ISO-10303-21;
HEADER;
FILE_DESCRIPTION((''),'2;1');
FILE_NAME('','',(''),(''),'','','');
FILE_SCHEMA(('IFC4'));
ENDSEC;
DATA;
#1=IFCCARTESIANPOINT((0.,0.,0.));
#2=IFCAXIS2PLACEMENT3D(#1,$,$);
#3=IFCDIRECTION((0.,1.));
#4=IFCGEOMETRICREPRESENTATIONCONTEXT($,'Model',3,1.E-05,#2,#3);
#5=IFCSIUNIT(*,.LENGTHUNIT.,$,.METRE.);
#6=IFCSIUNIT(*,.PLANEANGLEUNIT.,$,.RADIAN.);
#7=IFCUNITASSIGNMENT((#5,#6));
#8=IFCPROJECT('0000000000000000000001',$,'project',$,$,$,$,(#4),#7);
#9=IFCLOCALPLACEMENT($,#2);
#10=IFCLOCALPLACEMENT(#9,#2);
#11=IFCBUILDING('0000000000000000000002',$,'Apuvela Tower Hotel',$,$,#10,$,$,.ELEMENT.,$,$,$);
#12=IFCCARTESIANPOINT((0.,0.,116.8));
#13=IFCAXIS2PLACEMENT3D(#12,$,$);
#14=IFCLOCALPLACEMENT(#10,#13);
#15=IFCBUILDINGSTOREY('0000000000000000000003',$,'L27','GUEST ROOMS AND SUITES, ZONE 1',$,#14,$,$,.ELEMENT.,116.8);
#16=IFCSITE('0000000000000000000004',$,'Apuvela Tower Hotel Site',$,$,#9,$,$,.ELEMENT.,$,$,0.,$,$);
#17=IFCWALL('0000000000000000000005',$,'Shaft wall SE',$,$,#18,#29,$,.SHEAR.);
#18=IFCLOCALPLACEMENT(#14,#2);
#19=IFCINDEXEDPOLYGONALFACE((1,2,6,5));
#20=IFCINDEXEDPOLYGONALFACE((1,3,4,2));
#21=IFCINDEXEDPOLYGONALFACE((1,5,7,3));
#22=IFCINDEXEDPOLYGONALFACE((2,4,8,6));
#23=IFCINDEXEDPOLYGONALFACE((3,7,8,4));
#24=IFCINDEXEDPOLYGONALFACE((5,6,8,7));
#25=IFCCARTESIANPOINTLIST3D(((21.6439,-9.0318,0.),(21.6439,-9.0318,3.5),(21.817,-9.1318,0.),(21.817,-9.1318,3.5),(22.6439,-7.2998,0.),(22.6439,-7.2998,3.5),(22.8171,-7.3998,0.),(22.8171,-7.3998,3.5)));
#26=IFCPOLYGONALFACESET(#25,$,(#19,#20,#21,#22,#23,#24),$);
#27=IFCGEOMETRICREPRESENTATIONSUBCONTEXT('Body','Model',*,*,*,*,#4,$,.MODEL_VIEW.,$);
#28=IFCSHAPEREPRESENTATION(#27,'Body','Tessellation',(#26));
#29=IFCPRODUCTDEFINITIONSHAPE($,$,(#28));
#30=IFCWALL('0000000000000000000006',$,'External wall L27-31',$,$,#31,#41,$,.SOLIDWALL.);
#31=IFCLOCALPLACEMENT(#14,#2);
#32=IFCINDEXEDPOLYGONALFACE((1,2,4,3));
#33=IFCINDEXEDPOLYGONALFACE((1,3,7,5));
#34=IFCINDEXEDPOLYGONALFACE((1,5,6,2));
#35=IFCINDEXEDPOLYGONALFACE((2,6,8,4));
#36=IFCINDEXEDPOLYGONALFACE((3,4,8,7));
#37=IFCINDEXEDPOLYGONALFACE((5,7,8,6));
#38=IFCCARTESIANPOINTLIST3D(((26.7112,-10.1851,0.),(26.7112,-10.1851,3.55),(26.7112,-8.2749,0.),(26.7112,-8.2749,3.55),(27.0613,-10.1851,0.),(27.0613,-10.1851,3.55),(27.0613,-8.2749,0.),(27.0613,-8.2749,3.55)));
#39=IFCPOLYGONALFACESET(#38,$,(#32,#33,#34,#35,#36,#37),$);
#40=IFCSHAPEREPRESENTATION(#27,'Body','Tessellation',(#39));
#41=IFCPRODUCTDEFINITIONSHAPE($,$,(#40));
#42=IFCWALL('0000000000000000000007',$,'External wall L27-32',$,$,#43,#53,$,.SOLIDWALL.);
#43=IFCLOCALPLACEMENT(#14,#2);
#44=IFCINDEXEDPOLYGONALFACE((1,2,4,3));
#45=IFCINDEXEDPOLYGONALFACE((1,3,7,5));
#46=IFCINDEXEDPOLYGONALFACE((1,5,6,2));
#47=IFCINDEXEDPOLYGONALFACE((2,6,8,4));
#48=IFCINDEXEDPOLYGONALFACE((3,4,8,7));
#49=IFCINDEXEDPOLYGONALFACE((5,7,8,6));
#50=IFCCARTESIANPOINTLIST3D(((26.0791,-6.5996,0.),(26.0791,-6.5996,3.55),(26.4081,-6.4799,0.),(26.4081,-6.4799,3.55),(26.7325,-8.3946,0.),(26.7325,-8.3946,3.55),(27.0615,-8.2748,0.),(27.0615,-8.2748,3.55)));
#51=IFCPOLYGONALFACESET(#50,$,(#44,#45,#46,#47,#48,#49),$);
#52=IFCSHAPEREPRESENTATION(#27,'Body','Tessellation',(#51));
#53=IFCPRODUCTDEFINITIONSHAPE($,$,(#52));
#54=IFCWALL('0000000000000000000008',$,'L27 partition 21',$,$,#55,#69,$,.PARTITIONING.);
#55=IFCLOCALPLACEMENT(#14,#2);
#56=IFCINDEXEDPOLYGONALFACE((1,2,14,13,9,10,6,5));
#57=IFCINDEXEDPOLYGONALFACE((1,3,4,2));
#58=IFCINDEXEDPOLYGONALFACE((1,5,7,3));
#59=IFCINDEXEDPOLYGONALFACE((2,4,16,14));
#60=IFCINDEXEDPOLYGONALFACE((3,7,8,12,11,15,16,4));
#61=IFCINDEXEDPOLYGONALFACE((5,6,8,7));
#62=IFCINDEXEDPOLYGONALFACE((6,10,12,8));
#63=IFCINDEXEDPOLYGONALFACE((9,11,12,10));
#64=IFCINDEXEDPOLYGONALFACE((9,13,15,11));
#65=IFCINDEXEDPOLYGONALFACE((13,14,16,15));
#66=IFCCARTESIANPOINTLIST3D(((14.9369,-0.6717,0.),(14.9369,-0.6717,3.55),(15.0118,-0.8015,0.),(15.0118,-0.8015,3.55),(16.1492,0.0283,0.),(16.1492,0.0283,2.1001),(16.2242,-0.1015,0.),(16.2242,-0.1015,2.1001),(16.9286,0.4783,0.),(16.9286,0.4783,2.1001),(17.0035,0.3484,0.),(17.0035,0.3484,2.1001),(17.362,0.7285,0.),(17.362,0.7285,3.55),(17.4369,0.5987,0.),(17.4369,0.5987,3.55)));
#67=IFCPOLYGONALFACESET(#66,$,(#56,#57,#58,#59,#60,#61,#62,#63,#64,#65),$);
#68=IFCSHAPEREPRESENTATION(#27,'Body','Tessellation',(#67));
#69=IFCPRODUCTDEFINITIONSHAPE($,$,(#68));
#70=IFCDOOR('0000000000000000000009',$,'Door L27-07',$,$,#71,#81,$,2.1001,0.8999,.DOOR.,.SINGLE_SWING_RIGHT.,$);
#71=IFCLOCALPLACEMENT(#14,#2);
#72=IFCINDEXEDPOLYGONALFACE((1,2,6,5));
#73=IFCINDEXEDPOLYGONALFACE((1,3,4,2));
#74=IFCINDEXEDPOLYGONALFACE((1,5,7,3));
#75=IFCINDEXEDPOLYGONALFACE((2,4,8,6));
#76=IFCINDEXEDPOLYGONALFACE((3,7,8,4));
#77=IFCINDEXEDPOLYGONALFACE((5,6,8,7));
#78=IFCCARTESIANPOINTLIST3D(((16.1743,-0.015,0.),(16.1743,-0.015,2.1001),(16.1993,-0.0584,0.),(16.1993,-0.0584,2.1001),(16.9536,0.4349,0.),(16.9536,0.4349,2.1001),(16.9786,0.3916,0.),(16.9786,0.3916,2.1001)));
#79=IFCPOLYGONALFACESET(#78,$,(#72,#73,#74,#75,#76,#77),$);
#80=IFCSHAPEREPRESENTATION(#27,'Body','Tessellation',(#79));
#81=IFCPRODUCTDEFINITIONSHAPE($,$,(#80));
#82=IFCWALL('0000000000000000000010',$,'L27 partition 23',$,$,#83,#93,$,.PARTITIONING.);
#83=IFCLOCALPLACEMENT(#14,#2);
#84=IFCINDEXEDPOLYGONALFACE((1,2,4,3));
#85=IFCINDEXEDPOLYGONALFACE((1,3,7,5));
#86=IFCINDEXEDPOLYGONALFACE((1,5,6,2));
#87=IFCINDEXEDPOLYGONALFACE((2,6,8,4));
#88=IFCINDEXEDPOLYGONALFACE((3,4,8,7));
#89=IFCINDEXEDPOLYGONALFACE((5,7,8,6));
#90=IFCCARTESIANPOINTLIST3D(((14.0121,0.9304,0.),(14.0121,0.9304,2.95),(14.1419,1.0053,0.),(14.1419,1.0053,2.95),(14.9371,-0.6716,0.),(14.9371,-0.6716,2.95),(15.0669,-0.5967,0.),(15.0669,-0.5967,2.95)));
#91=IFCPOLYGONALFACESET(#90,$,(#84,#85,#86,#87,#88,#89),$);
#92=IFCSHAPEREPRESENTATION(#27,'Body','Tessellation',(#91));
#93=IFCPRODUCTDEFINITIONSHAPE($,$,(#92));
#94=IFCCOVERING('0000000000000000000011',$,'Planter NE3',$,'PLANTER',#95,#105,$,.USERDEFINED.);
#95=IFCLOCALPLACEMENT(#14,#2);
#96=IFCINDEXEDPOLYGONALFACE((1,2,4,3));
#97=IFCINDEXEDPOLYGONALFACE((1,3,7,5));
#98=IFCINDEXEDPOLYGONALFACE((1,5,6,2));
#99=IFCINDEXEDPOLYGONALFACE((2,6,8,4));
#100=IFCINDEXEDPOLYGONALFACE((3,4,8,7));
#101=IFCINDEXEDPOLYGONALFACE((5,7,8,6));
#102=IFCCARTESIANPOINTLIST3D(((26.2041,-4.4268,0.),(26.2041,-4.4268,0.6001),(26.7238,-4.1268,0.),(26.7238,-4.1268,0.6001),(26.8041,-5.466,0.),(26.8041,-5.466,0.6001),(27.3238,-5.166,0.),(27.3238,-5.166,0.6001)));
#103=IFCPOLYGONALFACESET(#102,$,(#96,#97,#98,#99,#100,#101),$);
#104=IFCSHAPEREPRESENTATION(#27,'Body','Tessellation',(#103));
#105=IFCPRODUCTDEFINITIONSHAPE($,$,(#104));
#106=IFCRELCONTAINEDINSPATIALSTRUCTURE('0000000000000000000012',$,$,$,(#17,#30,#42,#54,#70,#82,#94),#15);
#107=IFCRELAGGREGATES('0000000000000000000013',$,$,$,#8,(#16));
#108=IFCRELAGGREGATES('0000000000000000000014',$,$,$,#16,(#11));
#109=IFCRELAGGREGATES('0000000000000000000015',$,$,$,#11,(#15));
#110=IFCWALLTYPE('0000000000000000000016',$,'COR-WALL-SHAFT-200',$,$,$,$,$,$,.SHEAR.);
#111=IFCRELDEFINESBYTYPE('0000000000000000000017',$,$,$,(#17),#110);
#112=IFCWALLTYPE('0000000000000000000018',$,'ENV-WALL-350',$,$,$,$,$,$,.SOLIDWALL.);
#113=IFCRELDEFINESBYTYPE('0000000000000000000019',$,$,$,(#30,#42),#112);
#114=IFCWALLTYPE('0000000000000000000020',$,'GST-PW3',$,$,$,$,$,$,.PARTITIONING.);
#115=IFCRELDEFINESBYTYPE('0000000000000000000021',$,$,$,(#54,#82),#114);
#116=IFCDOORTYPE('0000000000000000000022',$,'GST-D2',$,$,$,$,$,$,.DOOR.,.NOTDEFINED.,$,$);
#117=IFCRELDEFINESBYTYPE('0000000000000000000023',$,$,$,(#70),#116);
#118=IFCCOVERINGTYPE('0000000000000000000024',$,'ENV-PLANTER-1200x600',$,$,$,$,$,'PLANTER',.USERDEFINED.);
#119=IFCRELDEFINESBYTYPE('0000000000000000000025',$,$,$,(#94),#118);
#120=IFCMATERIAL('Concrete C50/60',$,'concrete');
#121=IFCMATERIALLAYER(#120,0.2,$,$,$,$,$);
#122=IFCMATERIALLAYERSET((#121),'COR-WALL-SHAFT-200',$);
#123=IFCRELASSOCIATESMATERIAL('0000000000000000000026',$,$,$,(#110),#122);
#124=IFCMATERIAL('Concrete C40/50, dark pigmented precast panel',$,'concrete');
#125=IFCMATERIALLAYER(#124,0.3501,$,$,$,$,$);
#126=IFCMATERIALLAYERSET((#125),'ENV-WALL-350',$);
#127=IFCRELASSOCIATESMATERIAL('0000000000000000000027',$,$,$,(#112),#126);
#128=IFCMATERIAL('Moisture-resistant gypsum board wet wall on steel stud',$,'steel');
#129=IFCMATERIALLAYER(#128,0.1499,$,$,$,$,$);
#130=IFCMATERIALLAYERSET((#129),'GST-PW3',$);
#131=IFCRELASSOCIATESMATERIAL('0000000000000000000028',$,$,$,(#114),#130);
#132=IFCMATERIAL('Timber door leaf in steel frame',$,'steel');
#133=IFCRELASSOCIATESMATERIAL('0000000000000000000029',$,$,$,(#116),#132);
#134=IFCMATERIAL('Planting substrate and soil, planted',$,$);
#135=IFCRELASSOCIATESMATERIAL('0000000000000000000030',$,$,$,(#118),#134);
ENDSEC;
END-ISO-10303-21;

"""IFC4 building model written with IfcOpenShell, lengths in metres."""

from ifc_helpers import new_model, si_unit, direction, frame, frame_2d, origin, origin_2d, place, context, subcontext, project, spatial, rectangle, extrude, material, layer, layer_set, type_object, element, fill, save


model = new_model("IFC4")

# Units and contexts
model_context = context("Model", 3, precision=1e-05, world=origin(), true_north=direction((0.0, 1.0)))
body_context = subcontext(model_context, "Body", "Model", "MODEL_VIEW")
ifc_project = project(units=[si_unit("LENGTHUNIT", "METRE"), si_unit("PLANEANGLEUNIT", "RADIAN")], contexts=[model_context])

# Site, building, storey
site_placement = place(None, origin())
site = spatial("IfcSite", under=ifc_project, at=site_placement, Name="Apuvela Tower Hotel Site", CompositionType="ELEMENT", RefElevation=0.0)
building_placement = place(site_placement, origin())
building = spatial("IfcBuilding", under=site, at=building_placement, Name="Apuvela Tower Hotel", CompositionType="ELEMENT")
storey_placement = place(building_placement, frame((0.0, 0.0, 116.8)))
storey = spatial("IfcBuildingStorey", under=building, at=storey_placement, Name="L27", Description="GUEST ROOMS AND SUITES, ZONE 1", CompositionType="ELEMENT", Elevation=116.8)

# Walls
ifc_material_1 = material(Name="Concrete C50/60", Category="concrete")
ifc_layer_1 = layer(ifc_material_1, 0.2)
ifc_layer_set_1 = layer_set([ifc_layer_1], Name="COR-WALL-SHAFT-200")
wall_type_1 = type_object("IfcWallType", Name="COR-WALL-SHAFT-200", PredefinedType="SHEAR", material=ifc_layer_set_1)
for number, where, z_axis, x_axis, name in (
    (1, (21.7305, -9.0818, 0.0), (0.0, 0.0, 1.0), (0.500025, 0.866011, 0.0), "Shaft wall SE"),
):
    element("IfcWall", number, at=place(storey_placement, frame(where, z_axis=z_axis, x_axis=x_axis)), inside=storey, type_object=wall_type_1, Name=name, PredefinedType="SHEAR", context=body_context, shape_type="SweptSolid", body=[
        extrude(rectangle(XDim=2.0, YDim=0.2, at=frame_2d((1.0, 0.0))), origin(), (0.0, 0.0, 1.0), 3.5),
    ])
ifc_material_2 = material(Name="Concrete C40/50, dark pigmented precast panel", Category="concrete")
ifc_layer_2 = layer(ifc_material_2, 0.3501)
ifc_layer_set_2 = layer_set([ifc_layer_2], Name="ENV-WALL-350")
wall_type_2 = type_object("IfcWallType", Name="ENV-WALL-350", PredefinedType="SOLIDWALL", material=ifc_layer_set_2)
for number, where, z_axis, x_axis, name in (
    (2, (26.8862, -10.1851, 0.0), (0.0, 0.0, 1.0), (0.0, 1.0, 0.0), "External wall L27-31"),
    (3, (26.897, -8.3347, 0.0), (0.0, 0.0, 1.0), (-0.34203, 0.939689, 0.0), "External wall L27-32"),
):
    element("IfcWall", number, at=place(storey_placement, frame(where, z_axis=z_axis, x_axis=x_axis)), inside=storey, type_object=wall_type_2, Name=name, PredefinedType="SOLIDWALL", context=body_context, shape_type="SweptSolid", body=[
        extrude(rectangle(XDim=1.9102, YDim=0.3501, at=frame_2d((0.9551, 0.0))), origin(), (0.0, 0.0, 1.0), 3.55),
    ])

# Wall, opening, door
ifc_material_3 = material(Name="Moisture-resistant gypsum board wet wall on steel stud", Category="steel")
ifc_layer_3 = layer(ifc_material_3, 0.1499)
ifc_layer_set_3 = layer_set([ifc_layer_3], Name="GST-PW3")
wall_type_3 = type_object("IfcWallType", Name="GST-PW3", PredefinedType="PARTITIONING", material=ifc_layer_set_3)
wall_1_placement = place(storey_placement, frame((14.9744, -0.7366, 0.0), z_axis=(0.0, 0.0, 1.0), x_axis=(0.866019, 0.500012, 0.0)))
wall_1 = element("IfcWall", 4, at=wall_1_placement, inside=storey, type_object=wall_type_3, Name="L27 partition 21", PredefinedType="PARTITIONING", context=body_context, shape_type="SweptSolid", body=[
    extrude(rectangle(XDim=2.8003, YDim=0.1499, at=frame_2d((1.4001, 0.0))), origin(), (0.0, 0.0, 1.0), 3.55),
])
opening_1_placement = place(wall_1_placement, frame((1.3999, 0.0, 0.0)))
opening_1 = element("IfcOpeningElement", 5, at=opening_1_placement, cuts=wall_1, PredefinedType="OPENING", context=body_context, shape_type="SweptSolid", body=[
    extrude(rectangle(XDim=0.8999, YDim=2.1001, at=frame_2d((0.45, 1.05))), frame((0.0, 0.085, 0.0), z_axis=(0.0, -1.0, 0.0), x_axis=(1.0, 0.0, 0.0)), (0.0, 0.0, 1.0), 0.1699),
])
ifc_material_4 = material(Name="Timber door leaf in steel frame", Category="steel")
door_type_1 = type_object("IfcDoorType", Name="GST-D2", OperationType="NOTDEFINED", PredefinedType="DOOR", material=ifc_material_4)
door_1_placement = place(opening_1_placement, origin())
door_1 = element("IfcDoor", 6, at=door_1_placement, inside=storey, type_object=door_type_1, Name="Door L27-07", OperationType="SINGLE_SWING_RIGHT", OverallHeight=2.1001, OverallWidth=0.8999, PredefinedType="DOOR", context=body_context, shape_type="SweptSolid", body=[
    extrude(rectangle(XDim=0.8999, YDim=2.1001, at=frame_2d((0.45, 1.05))), frame((0.0, 0.0249, 0.0), z_axis=(0.0, -1.0, 0.0), x_axis=(1.0, 0.0, 0.0)), (0.0, 0.0, 1.0), 0.05),
])
fill(opening_1, door_1)

# Wall
wall_2_placement = place(storey_placement, frame((15.002, -0.634, 0.0), z_axis=(0.0, 0.0, 1.0), x_axis=(-0.500042, 0.866001, 0.0)))
element("IfcWall", 7, at=wall_2_placement, inside=storey, type_object=wall_type_3, Name="L27 partition 23", PredefinedType="PARTITIONING", context=body_context, shape_type="SweptSolid", body=[
    extrude(rectangle(XDim=1.8499, YDim=0.1499, at=frame_2d((0.9248, 0.0))), origin(), (0.0, 0.0, 1.0), 2.95),
])

# Covering
ifc_material_5 = material(Name="Planting substrate and soil, planted")
covering_type = type_object("IfcCoveringType", Name="ENV-PLANTER-1200x600", ElementType="PLANTER", PredefinedType="USERDEFINED", material=ifc_material_5)
covering_placement = place(storey_placement, frame((26.7639, -4.7964, 0.0), z_axis=(0.0, 0.0, 1.0), x_axis=(-0.5, 0.866025, 0.0)))
element("IfcCovering", 8, at=covering_placement, inside=storey, type_object=covering_type, Name="Planter NE3", ObjectType="PLANTER", PredefinedType="USERDEFINED", context=body_context, shape_type="SweptSolid", body=[
    extrude(rectangle(XDim=1.2, YDim=0.6001, at=origin_2d()), origin(), (0.0, 0.0, 1.0), 0.6001),
])

save(model, "model.ifc")
